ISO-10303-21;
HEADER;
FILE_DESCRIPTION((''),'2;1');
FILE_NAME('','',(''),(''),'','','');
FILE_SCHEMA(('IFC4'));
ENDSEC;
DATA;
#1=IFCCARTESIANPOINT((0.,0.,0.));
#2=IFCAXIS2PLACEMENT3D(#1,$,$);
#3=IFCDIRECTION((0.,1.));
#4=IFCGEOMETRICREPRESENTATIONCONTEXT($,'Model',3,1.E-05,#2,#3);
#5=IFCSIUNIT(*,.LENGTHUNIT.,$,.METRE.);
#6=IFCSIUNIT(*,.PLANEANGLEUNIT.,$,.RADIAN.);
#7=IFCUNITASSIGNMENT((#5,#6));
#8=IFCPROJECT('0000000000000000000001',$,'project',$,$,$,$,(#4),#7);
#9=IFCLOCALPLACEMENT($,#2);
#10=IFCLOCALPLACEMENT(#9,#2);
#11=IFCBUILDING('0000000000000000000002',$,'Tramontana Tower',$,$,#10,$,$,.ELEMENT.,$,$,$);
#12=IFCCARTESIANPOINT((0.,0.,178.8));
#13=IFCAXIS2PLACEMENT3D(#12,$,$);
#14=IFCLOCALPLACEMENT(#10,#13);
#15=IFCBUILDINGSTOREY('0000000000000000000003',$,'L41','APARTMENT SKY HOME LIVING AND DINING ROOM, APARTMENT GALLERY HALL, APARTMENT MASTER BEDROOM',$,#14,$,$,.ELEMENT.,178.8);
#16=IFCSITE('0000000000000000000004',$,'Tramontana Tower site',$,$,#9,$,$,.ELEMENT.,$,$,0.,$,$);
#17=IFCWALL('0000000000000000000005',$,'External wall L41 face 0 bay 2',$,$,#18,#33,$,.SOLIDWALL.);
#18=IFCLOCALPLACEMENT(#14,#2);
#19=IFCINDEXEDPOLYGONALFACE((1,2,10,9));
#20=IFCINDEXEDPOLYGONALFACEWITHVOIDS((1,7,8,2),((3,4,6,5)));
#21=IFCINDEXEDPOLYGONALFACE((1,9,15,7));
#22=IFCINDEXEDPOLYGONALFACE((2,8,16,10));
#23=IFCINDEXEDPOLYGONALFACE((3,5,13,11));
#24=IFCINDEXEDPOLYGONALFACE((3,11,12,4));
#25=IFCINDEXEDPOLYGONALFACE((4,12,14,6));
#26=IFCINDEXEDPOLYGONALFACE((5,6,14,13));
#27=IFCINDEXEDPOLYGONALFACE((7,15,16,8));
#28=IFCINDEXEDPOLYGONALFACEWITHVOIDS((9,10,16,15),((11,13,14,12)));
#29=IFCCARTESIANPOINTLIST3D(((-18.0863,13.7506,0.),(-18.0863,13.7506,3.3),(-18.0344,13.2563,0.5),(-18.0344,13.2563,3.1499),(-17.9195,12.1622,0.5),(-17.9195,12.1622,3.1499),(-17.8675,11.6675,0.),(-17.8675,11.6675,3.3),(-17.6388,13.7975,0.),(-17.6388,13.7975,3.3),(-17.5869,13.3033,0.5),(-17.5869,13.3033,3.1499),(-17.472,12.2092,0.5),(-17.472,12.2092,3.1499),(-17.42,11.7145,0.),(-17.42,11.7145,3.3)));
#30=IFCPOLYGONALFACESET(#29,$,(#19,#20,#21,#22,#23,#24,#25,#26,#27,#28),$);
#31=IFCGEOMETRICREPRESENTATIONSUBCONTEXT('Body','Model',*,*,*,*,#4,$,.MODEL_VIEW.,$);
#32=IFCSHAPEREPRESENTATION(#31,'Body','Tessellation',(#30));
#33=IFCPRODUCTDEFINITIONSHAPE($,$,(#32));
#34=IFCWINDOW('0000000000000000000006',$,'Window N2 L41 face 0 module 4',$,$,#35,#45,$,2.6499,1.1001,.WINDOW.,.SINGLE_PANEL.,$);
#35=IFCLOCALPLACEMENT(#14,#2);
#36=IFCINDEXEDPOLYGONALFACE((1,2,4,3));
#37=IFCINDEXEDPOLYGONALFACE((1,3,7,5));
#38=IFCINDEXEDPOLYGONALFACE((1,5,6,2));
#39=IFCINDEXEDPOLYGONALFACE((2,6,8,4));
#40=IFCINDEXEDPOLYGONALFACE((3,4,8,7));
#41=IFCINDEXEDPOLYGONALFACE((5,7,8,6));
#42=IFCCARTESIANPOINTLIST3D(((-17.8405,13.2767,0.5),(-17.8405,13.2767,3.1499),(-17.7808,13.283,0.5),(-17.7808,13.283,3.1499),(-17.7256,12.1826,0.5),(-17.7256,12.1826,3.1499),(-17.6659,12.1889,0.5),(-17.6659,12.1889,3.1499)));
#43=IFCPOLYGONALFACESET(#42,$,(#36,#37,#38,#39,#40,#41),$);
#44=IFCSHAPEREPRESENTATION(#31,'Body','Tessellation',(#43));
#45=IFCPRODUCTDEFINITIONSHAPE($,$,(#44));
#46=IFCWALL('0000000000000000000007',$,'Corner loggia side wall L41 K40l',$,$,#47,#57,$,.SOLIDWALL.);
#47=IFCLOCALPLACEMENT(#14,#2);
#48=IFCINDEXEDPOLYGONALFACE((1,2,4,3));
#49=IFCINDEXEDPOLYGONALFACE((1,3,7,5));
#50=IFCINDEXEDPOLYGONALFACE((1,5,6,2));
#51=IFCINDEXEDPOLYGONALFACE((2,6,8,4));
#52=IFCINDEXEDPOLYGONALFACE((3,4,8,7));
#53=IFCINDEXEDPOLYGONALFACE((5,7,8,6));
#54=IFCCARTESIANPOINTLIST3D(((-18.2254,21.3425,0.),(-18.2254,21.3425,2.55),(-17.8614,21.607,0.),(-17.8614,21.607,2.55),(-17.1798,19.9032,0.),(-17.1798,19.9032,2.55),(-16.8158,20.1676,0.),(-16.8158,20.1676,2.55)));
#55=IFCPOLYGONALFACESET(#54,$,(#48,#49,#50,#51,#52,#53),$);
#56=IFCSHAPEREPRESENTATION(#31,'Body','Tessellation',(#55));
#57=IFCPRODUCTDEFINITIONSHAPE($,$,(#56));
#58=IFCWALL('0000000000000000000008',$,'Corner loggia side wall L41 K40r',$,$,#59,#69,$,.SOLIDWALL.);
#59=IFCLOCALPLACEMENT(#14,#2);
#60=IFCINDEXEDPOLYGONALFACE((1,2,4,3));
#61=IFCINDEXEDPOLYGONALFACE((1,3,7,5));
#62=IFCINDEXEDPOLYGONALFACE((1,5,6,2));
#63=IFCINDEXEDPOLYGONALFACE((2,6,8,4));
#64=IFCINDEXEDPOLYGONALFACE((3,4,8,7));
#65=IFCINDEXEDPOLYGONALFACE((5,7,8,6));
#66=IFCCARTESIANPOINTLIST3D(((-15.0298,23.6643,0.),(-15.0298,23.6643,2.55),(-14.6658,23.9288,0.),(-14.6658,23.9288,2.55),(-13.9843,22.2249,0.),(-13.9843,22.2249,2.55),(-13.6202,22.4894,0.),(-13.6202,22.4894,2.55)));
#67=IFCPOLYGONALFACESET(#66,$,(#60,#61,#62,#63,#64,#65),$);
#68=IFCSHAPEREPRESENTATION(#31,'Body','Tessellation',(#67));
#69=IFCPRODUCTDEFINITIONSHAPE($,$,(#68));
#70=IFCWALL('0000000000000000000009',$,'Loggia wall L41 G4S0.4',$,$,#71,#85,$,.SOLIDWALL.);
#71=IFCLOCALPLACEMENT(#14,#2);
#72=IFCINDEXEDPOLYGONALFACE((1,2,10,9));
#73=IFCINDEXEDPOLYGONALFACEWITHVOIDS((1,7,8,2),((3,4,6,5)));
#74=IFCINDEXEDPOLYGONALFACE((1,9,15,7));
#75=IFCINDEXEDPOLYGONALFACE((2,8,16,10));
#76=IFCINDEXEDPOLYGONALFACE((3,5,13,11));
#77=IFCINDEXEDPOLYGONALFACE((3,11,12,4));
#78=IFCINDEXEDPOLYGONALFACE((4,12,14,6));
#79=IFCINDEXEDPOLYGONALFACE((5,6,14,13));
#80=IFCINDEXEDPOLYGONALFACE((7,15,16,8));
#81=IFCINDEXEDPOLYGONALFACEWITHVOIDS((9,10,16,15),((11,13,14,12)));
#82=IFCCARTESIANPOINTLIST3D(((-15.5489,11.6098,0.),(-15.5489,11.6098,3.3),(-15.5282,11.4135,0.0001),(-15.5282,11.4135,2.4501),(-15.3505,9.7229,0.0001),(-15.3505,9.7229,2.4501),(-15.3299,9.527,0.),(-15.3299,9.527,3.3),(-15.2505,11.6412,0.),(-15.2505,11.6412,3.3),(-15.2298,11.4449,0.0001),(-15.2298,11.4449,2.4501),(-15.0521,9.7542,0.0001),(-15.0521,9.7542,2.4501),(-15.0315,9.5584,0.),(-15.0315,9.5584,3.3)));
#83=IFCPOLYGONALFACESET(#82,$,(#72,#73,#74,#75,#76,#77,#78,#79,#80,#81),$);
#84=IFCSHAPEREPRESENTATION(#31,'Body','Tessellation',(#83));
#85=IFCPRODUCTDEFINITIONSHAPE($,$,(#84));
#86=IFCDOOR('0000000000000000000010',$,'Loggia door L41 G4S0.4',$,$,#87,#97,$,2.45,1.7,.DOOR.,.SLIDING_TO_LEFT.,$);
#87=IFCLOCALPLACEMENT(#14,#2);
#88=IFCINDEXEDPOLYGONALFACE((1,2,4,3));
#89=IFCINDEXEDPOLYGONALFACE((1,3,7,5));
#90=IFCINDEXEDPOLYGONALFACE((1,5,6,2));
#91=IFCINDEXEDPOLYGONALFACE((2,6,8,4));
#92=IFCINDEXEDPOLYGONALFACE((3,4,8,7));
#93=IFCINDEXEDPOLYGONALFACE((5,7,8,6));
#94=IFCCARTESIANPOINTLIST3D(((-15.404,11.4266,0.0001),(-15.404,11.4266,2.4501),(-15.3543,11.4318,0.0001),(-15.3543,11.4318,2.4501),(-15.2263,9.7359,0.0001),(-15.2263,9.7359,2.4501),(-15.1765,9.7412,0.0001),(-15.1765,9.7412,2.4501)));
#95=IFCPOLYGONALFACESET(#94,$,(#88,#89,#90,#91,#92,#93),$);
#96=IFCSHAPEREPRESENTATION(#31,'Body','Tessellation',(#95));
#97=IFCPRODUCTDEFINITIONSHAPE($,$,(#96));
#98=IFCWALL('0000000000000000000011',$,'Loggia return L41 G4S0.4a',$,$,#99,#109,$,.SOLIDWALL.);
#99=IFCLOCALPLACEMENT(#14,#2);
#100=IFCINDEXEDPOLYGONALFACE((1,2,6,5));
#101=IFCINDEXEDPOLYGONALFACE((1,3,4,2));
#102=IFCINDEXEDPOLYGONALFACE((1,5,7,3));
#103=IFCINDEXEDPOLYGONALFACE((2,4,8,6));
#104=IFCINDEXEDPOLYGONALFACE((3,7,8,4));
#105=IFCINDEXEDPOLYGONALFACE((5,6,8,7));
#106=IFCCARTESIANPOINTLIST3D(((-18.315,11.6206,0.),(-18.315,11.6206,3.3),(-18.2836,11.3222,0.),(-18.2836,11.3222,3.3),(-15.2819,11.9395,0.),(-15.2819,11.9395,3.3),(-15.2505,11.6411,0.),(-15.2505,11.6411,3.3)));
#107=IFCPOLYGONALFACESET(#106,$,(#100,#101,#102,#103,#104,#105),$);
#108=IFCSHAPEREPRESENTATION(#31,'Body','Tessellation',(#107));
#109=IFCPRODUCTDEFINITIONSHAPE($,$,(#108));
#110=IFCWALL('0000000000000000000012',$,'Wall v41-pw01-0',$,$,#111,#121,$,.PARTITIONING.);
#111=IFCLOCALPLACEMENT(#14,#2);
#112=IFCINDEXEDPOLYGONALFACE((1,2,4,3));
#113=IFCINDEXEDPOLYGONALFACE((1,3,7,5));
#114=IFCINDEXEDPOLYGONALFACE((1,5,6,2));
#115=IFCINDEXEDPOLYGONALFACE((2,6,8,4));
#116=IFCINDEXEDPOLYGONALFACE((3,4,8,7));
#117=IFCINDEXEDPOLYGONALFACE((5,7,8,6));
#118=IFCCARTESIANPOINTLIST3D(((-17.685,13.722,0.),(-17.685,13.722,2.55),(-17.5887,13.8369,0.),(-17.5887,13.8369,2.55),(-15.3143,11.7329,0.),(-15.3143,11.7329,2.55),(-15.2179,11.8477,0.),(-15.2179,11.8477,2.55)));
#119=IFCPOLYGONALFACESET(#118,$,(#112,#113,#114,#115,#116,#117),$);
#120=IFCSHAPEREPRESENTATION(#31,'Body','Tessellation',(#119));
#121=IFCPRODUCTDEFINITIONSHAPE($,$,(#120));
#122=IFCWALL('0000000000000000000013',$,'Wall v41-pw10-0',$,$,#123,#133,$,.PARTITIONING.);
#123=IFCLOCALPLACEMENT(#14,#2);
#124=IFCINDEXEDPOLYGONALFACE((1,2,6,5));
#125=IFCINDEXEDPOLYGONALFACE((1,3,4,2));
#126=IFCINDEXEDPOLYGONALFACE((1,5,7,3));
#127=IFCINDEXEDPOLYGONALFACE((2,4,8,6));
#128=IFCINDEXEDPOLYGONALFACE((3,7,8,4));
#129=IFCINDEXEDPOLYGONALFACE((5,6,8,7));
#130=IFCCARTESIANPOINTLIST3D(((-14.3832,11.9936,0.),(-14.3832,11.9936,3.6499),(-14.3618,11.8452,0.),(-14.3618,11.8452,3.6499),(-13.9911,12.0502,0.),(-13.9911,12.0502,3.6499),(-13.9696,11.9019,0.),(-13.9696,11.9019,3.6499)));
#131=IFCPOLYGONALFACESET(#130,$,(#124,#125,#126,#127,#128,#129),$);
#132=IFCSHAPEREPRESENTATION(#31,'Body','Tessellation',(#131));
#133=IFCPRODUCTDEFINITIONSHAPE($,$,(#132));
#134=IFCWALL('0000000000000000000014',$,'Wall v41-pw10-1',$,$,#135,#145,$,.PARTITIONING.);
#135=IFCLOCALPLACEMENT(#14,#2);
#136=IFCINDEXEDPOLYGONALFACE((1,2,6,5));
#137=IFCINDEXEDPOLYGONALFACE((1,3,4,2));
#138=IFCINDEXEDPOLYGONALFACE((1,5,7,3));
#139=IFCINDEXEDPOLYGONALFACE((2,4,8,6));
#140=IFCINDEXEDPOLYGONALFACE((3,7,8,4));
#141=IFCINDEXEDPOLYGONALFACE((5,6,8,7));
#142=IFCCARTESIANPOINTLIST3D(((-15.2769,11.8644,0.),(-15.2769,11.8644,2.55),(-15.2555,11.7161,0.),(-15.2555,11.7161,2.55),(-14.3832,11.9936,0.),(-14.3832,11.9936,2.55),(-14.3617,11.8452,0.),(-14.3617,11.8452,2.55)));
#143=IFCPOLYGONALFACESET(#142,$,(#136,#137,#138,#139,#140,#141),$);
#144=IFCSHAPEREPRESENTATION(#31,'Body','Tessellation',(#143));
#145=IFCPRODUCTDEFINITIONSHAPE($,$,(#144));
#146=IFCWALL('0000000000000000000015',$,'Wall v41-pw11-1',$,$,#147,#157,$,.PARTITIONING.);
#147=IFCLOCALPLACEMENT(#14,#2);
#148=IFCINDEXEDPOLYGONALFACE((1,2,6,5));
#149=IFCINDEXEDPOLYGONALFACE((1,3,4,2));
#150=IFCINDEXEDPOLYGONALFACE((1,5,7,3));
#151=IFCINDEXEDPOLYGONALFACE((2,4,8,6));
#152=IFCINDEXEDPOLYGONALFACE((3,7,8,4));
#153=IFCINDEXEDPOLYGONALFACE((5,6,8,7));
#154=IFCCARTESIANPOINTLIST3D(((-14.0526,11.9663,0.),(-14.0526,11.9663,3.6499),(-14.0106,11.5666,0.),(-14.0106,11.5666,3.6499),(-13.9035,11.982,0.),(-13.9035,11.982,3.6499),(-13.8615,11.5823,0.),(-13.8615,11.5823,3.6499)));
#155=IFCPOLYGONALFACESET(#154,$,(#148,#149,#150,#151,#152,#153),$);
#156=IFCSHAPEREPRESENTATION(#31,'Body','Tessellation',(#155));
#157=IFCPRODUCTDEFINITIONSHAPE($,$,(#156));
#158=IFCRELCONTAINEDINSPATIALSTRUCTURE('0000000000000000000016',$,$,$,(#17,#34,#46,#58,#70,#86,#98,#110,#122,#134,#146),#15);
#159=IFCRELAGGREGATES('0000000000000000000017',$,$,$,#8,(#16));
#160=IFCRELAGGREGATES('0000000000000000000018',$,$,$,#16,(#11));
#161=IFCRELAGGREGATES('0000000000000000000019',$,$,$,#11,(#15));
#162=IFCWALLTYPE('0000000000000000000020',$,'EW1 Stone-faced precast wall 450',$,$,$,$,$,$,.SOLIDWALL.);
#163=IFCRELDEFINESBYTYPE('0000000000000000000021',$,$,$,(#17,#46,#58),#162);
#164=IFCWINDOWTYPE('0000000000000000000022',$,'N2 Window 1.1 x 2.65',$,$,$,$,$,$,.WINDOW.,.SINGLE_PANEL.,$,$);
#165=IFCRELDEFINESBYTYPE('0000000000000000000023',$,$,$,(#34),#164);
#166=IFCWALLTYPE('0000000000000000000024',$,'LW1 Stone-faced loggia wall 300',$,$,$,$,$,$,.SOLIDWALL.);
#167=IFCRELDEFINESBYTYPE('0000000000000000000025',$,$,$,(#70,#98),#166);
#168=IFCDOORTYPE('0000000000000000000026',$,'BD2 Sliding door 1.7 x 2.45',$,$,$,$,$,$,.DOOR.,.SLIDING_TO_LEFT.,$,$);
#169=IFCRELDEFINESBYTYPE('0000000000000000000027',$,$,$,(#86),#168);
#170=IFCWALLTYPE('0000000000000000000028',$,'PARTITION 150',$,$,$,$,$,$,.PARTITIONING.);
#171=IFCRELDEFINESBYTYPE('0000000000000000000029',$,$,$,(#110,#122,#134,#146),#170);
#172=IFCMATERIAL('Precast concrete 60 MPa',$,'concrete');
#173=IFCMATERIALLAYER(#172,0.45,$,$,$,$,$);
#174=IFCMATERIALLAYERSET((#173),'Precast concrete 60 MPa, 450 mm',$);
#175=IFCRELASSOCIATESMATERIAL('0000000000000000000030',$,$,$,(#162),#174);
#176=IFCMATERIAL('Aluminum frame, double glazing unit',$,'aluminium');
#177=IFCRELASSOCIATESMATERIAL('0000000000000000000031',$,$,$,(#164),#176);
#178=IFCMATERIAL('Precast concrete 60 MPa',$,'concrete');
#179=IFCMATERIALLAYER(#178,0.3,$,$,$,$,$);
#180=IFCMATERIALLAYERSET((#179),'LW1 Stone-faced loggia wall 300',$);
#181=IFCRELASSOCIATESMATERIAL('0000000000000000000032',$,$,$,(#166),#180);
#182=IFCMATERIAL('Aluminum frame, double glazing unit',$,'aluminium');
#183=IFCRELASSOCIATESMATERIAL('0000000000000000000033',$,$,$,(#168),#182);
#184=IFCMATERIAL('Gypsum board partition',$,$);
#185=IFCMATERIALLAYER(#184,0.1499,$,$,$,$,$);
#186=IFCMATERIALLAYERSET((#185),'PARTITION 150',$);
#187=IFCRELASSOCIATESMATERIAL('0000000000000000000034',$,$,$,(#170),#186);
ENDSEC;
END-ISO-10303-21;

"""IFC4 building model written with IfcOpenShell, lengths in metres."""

from ifc_helpers import new_model, si_unit, direction, frame, frame_2d, origin, place, context, subcontext, project, spatial, rectangle, extrude, material, layer, layer_set, type_object, element, fill, save


model = new_model("IFC4")

# Units and contexts
model_context = context("Model", 3, precision=1e-05, world=origin(), true_north=direction((0.0, 1.0)))
body_context = subcontext(model_context, "Body", "Model", "MODEL_VIEW")
ifc_project = project(units=[si_unit("LENGTHUNIT", "METRE"), si_unit("PLANEANGLEUNIT", "RADIAN")], contexts=[model_context])

# Site, building, storey
site_placement = place(None, origin())
site = spatial("IfcSite", under=ifc_project, at=site_placement, Name="Tramontana Tower site", CompositionType="ELEMENT", RefElevation=0.0)
building_placement = place(site_placement, origin())
building = spatial("IfcBuilding", under=site, at=building_placement, Name="Tramontana Tower", CompositionType="ELEMENT")
storey_placement = place(building_placement, frame((0.0, 0.0, 178.8)))
storey = spatial("IfcBuildingStorey", under=building, at=storey_placement, Name="L41", Description="APARTMENT SKY HOME LIVING AND DINING ROOM, APARTMENT GALLERY HALL, APARTMENT MASTER BEDROOM", CompositionType="ELEMENT", Elevation=178.8)

# Shared definitions
ifc_material_1 = material(Name="Precast concrete 60 MPa", Category="concrete")
ifc_layer_1 = layer(ifc_material_1, 0.45)
ifc_layer_set_1 = layer_set([ifc_layer_1], Name="Precast concrete 60 MPa, 450 mm")
wall_type_1 = type_object("IfcWallType", Name="EW1 Stone-faced precast wall 450", PredefinedType="SOLIDWALL", material=ifc_layer_set_1)

# Wall, opening, window
wall_1_placement = place(storey_placement, frame((-17.8625, 13.7742, 0.0), z_axis=(0.0, 0.0, 1.0), x_axis=(0.104442, -0.994531, 0.0)))
wall_1 = element("IfcWall", 1, at=wall_1_placement, inside=storey, type_object=wall_type_1, Name="External wall L41 face 0 bay 2", PredefinedType="SOLIDWALL", context=body_context, shape_type="SweptSolid", body=[
    extrude(rectangle(XDim=2.0945, YDim=0.45, at=frame_2d((1.0474, 0.0))), origin(), (0.0, 0.0, 1.0), 3.3),
])
opening_1_placement = place(wall_1_placement, frame((0.4971, 0.0, 0.5)))
opening_1 = element("IfcOpeningElement", 2, at=opening_1_placement, cuts=wall_1, PredefinedType="OPENING", context=body_context, shape_type="SweptSolid", body=[
    extrude(rectangle(XDim=1.1001, YDim=2.6499, at=frame_2d((0.55, 1.325))), frame((0.0, 0.2349, 0.0), z_axis=(0.0, -1.0, 0.0), x_axis=(1.0, 0.0, 0.0)), (0.0, 0.0, 1.0), 0.47),
])
ifc_material_2 = material(Name="Aluminum frame, double glazing unit", Category="aluminium")
window_type_1 = type_object("IfcWindowType", Name="N2 Window 1.1 x 2.65", PartitioningType="SINGLE_PANEL", PredefinedType="WINDOW", material=ifc_material_2)
window_1_placement = place(opening_1_placement, origin())
window_1 = element("IfcWindow", 3, at=window_1_placement, inside=storey, type_object=window_type_1, Name="Window N2 L41 face 0 module 4", OverallHeight=2.6499, OverallWidth=1.1001, PartitioningType="SINGLE_PANEL", PredefinedType="WINDOW", context=body_context, shape_type="SweptSolid", body=[
    extrude(rectangle(XDim=1.1001, YDim=2.6499, at=frame_2d((0.55, 1.325))), frame((0.0, 0.03, 0.0), z_axis=(0.0, -1.0, 0.0), x_axis=(1.0, 0.0, 0.0)), (0.0, 0.0, 1.0), 0.0601),
])
fill(opening_1, window_1)

# Walls
for number, where, z_axis, x_axis, name in (
    (4, (-18.0435, 21.4749, 0.0), (0.0, 0.0, 1.0), (0.587723, -0.809062, 0.0), "Corner loggia side wall L41 K40l"),
    (5, (-14.8479, 23.7966, 0.0), (0.0, 0.0, 1.0), (0.587723, -0.809062, 0.0), "Corner loggia side wall L41 K40r"),
):
    element("IfcWall", number, at=place(storey_placement, frame(where, z_axis=z_axis, x_axis=x_axis)), inside=storey, type_object=wall_type_1, Name=name, PredefinedType="SOLIDWALL", context=body_context, shape_type="SweptSolid", body=[
        extrude(rectangle(XDim=1.7791, YDim=0.45, at=frame_2d((0.8896, 0.0))), origin(), (0.0, 0.0, 1.0), 2.55),
    ])

# Wall, opening, door
ifc_material_3 = material(Name="Precast concrete 60 MPa", Category="concrete")
ifc_layer_2 = layer(ifc_material_3, 0.3)
ifc_layer_set_2 = layer_set([ifc_layer_2], Name="LW1 Stone-faced loggia wall 300")
wall_type_2 = type_object("IfcWallType", Name="LW1 Stone-faced loggia wall 300", PredefinedType="SOLIDWALL", material=ifc_layer_set_2)
wall_2_placement = place(storey_placement, frame((-15.3997, 11.6255, 0.0), z_axis=(0.0, 0.0, 1.0), x_axis=(0.104569, -0.994518, 0.0)))
wall_2 = element("IfcWall", 6, at=wall_2_placement, inside=storey, type_object=wall_type_2, Name="Loggia wall L41 G4S0.4", PredefinedType="SOLIDWALL", context=body_context, shape_type="SweptSolid", body=[
    extrude(rectangle(XDim=2.0942, YDim=0.3, at=frame_2d((1.0471, 0.0))), origin(), (0.0, 0.0, 1.0), 3.3),
])
opening_2_placement = place(wall_2_placement, frame((0.1973, 0.0, 0.0)))
opening_2 = element("IfcOpeningElement", 7, at=opening_2_placement, cuts=wall_2, PredefinedType="OPENING", context=body_context, shape_type="SweptSolid", body=[
    extrude(rectangle(XDim=1.7, YDim=2.45, at=frame_2d((0.8501, 1.2251))), frame((0.0, 0.1599, 0.0), z_axis=(0.0, -1.0, 0.0), x_axis=(1.0, 0.0, 0.0)), (0.0, 0.0, 1.0), 0.3201),
])
ifc_material_4 = material(Name="Aluminum frame, double glazing unit", Category="aluminium")
door_type_1 = type_object("IfcDoorType", Name="BD2 Sliding door 1.7 x 2.45", OperationType="SLIDING_TO_LEFT", PredefinedType="DOOR", material=ifc_material_4)
door_1_placement = place(opening_2_placement, origin())
door_1 = element("IfcDoor", 8, at=door_1_placement, inside=storey, type_object=door_type_1, Name="Loggia door L41 G4S0.4", OperationType="SLIDING_TO_LEFT", OverallHeight=2.45, OverallWidth=1.7, PredefinedType="DOOR", context=body_context, shape_type="SweptSolid", body=[
    extrude(rectangle(XDim=1.7, YDim=2.45, at=frame_2d((0.8501, 1.2251))), frame((0.0, 0.0249, 0.0), z_axis=(0.0, -1.0, 0.0), x_axis=(1.0, 0.0, 0.0)), (0.0, 0.0, 1.0), 0.05),
])
fill(opening_2, door_1)

# Walls
wall_3_placement = place(storey_placement, frame((-18.2993, 11.4714, 0.0), z_axis=(0.0, 0.0, 1.0), x_axis=(0.99452, 0.104543, 0.0)))
element("IfcWall", 9, at=wall_3_placement, inside=storey, type_object=wall_type_2, Name="Loggia return L41 G4S0.4a", PredefinedType="SOLIDWALL", context=body_context, shape_type="SweptSolid", body=[
    extrude(rectangle(XDim=3.0498, YDim=0.3, at=frame_2d((1.5249, 0.0))), origin(), (0.0, 0.0, 1.0), 3.3),
])
ifc_material_5 = material(Name="Gypsum board partition")
ifc_layer_3 = layer(ifc_material_5, 0.1499)
ifc_layer_set_3 = layer_set([ifc_layer_3], Name="PARTITION 150")
wall_type_3 = type_object("IfcWallType", Name="PARTITION 150", PredefinedType="PARTITIONING", material=ifc_layer_set_3)
wall_4_placement = place(storey_placement, frame((-15.2661, 11.7903, 0.0), z_axis=(0.0, 0.0, 1.0), x_axis=(-0.766064, 0.642765, 0.0)))
element("IfcWall", 10, at=wall_4_placement, inside=storey, type_object=wall_type_3, Name="Wall v41-pw01-0", PredefinedType="PARTITIONING", context=body_context, shape_type="SweptSolid", body=[
    extrude(rectangle(XDim=3.0947, YDim=0.1499, at=frame_2d((1.5474, 0.0))), origin(), (0.0, 0.0, 1.0), 2.55),
])
wall_5_placement = place(storey_placement, frame((-13.9802, 11.9761, 0.0), z_axis=(0.0, 0.0, 1.0), x_axis=(-0.989726, -0.142974, 0.0)))
element("IfcWall", 11, at=wall_5_placement, inside=storey, type_object=wall_type_3, Name="Wall v41-pw10-0", PredefinedType="PARTITIONING", context=body_context, shape_type="SweptSolid", body=[
    extrude(rectangle(XDim=0.3962, YDim=0.1499, at=frame_2d((0.1982, 0.0))), origin(), (0.0, 0.0, 1.0), 3.6499),
])
wall_6_placement = place(storey_placement, frame((-14.3723, 11.9194, 0.0), z_axis=(0.0, 0.0, 1.0), x_axis=(-0.989721, -0.143011, 0.0)))
element("IfcWall", 12, at=wall_6_placement, inside=storey, type_object=wall_type_3, Name="Wall v41-pw10-1", PredefinedType="PARTITIONING", context=body_context, shape_type="SweptSolid", body=[
    extrude(rectangle(XDim=0.9031, YDim=0.1499, at=frame_2d((0.4517, 0.0))), origin(), (0.0, 0.0, 1.0), 2.55),
])
wall_7_placement = place(storey_placement, frame((-13.936, 11.5745, 0.0), z_axis=(0.0, 0.0, 1.0), x_axis=(-0.104495, 0.994525, 0.0)))
element("IfcWall", 13, at=wall_7_placement, inside=storey, type_object=wall_type_3, Name="Wall v41-pw11-1", PredefinedType="PARTITIONING", context=body_context, shape_type="SweptSolid", body=[
    extrude(rectangle(XDim=0.4019, YDim=0.1499, at=frame_2d((0.2009, 0.0))), origin(), (0.0, 0.0, 1.0), 3.6499),
])

save(model, "model.ifc")
